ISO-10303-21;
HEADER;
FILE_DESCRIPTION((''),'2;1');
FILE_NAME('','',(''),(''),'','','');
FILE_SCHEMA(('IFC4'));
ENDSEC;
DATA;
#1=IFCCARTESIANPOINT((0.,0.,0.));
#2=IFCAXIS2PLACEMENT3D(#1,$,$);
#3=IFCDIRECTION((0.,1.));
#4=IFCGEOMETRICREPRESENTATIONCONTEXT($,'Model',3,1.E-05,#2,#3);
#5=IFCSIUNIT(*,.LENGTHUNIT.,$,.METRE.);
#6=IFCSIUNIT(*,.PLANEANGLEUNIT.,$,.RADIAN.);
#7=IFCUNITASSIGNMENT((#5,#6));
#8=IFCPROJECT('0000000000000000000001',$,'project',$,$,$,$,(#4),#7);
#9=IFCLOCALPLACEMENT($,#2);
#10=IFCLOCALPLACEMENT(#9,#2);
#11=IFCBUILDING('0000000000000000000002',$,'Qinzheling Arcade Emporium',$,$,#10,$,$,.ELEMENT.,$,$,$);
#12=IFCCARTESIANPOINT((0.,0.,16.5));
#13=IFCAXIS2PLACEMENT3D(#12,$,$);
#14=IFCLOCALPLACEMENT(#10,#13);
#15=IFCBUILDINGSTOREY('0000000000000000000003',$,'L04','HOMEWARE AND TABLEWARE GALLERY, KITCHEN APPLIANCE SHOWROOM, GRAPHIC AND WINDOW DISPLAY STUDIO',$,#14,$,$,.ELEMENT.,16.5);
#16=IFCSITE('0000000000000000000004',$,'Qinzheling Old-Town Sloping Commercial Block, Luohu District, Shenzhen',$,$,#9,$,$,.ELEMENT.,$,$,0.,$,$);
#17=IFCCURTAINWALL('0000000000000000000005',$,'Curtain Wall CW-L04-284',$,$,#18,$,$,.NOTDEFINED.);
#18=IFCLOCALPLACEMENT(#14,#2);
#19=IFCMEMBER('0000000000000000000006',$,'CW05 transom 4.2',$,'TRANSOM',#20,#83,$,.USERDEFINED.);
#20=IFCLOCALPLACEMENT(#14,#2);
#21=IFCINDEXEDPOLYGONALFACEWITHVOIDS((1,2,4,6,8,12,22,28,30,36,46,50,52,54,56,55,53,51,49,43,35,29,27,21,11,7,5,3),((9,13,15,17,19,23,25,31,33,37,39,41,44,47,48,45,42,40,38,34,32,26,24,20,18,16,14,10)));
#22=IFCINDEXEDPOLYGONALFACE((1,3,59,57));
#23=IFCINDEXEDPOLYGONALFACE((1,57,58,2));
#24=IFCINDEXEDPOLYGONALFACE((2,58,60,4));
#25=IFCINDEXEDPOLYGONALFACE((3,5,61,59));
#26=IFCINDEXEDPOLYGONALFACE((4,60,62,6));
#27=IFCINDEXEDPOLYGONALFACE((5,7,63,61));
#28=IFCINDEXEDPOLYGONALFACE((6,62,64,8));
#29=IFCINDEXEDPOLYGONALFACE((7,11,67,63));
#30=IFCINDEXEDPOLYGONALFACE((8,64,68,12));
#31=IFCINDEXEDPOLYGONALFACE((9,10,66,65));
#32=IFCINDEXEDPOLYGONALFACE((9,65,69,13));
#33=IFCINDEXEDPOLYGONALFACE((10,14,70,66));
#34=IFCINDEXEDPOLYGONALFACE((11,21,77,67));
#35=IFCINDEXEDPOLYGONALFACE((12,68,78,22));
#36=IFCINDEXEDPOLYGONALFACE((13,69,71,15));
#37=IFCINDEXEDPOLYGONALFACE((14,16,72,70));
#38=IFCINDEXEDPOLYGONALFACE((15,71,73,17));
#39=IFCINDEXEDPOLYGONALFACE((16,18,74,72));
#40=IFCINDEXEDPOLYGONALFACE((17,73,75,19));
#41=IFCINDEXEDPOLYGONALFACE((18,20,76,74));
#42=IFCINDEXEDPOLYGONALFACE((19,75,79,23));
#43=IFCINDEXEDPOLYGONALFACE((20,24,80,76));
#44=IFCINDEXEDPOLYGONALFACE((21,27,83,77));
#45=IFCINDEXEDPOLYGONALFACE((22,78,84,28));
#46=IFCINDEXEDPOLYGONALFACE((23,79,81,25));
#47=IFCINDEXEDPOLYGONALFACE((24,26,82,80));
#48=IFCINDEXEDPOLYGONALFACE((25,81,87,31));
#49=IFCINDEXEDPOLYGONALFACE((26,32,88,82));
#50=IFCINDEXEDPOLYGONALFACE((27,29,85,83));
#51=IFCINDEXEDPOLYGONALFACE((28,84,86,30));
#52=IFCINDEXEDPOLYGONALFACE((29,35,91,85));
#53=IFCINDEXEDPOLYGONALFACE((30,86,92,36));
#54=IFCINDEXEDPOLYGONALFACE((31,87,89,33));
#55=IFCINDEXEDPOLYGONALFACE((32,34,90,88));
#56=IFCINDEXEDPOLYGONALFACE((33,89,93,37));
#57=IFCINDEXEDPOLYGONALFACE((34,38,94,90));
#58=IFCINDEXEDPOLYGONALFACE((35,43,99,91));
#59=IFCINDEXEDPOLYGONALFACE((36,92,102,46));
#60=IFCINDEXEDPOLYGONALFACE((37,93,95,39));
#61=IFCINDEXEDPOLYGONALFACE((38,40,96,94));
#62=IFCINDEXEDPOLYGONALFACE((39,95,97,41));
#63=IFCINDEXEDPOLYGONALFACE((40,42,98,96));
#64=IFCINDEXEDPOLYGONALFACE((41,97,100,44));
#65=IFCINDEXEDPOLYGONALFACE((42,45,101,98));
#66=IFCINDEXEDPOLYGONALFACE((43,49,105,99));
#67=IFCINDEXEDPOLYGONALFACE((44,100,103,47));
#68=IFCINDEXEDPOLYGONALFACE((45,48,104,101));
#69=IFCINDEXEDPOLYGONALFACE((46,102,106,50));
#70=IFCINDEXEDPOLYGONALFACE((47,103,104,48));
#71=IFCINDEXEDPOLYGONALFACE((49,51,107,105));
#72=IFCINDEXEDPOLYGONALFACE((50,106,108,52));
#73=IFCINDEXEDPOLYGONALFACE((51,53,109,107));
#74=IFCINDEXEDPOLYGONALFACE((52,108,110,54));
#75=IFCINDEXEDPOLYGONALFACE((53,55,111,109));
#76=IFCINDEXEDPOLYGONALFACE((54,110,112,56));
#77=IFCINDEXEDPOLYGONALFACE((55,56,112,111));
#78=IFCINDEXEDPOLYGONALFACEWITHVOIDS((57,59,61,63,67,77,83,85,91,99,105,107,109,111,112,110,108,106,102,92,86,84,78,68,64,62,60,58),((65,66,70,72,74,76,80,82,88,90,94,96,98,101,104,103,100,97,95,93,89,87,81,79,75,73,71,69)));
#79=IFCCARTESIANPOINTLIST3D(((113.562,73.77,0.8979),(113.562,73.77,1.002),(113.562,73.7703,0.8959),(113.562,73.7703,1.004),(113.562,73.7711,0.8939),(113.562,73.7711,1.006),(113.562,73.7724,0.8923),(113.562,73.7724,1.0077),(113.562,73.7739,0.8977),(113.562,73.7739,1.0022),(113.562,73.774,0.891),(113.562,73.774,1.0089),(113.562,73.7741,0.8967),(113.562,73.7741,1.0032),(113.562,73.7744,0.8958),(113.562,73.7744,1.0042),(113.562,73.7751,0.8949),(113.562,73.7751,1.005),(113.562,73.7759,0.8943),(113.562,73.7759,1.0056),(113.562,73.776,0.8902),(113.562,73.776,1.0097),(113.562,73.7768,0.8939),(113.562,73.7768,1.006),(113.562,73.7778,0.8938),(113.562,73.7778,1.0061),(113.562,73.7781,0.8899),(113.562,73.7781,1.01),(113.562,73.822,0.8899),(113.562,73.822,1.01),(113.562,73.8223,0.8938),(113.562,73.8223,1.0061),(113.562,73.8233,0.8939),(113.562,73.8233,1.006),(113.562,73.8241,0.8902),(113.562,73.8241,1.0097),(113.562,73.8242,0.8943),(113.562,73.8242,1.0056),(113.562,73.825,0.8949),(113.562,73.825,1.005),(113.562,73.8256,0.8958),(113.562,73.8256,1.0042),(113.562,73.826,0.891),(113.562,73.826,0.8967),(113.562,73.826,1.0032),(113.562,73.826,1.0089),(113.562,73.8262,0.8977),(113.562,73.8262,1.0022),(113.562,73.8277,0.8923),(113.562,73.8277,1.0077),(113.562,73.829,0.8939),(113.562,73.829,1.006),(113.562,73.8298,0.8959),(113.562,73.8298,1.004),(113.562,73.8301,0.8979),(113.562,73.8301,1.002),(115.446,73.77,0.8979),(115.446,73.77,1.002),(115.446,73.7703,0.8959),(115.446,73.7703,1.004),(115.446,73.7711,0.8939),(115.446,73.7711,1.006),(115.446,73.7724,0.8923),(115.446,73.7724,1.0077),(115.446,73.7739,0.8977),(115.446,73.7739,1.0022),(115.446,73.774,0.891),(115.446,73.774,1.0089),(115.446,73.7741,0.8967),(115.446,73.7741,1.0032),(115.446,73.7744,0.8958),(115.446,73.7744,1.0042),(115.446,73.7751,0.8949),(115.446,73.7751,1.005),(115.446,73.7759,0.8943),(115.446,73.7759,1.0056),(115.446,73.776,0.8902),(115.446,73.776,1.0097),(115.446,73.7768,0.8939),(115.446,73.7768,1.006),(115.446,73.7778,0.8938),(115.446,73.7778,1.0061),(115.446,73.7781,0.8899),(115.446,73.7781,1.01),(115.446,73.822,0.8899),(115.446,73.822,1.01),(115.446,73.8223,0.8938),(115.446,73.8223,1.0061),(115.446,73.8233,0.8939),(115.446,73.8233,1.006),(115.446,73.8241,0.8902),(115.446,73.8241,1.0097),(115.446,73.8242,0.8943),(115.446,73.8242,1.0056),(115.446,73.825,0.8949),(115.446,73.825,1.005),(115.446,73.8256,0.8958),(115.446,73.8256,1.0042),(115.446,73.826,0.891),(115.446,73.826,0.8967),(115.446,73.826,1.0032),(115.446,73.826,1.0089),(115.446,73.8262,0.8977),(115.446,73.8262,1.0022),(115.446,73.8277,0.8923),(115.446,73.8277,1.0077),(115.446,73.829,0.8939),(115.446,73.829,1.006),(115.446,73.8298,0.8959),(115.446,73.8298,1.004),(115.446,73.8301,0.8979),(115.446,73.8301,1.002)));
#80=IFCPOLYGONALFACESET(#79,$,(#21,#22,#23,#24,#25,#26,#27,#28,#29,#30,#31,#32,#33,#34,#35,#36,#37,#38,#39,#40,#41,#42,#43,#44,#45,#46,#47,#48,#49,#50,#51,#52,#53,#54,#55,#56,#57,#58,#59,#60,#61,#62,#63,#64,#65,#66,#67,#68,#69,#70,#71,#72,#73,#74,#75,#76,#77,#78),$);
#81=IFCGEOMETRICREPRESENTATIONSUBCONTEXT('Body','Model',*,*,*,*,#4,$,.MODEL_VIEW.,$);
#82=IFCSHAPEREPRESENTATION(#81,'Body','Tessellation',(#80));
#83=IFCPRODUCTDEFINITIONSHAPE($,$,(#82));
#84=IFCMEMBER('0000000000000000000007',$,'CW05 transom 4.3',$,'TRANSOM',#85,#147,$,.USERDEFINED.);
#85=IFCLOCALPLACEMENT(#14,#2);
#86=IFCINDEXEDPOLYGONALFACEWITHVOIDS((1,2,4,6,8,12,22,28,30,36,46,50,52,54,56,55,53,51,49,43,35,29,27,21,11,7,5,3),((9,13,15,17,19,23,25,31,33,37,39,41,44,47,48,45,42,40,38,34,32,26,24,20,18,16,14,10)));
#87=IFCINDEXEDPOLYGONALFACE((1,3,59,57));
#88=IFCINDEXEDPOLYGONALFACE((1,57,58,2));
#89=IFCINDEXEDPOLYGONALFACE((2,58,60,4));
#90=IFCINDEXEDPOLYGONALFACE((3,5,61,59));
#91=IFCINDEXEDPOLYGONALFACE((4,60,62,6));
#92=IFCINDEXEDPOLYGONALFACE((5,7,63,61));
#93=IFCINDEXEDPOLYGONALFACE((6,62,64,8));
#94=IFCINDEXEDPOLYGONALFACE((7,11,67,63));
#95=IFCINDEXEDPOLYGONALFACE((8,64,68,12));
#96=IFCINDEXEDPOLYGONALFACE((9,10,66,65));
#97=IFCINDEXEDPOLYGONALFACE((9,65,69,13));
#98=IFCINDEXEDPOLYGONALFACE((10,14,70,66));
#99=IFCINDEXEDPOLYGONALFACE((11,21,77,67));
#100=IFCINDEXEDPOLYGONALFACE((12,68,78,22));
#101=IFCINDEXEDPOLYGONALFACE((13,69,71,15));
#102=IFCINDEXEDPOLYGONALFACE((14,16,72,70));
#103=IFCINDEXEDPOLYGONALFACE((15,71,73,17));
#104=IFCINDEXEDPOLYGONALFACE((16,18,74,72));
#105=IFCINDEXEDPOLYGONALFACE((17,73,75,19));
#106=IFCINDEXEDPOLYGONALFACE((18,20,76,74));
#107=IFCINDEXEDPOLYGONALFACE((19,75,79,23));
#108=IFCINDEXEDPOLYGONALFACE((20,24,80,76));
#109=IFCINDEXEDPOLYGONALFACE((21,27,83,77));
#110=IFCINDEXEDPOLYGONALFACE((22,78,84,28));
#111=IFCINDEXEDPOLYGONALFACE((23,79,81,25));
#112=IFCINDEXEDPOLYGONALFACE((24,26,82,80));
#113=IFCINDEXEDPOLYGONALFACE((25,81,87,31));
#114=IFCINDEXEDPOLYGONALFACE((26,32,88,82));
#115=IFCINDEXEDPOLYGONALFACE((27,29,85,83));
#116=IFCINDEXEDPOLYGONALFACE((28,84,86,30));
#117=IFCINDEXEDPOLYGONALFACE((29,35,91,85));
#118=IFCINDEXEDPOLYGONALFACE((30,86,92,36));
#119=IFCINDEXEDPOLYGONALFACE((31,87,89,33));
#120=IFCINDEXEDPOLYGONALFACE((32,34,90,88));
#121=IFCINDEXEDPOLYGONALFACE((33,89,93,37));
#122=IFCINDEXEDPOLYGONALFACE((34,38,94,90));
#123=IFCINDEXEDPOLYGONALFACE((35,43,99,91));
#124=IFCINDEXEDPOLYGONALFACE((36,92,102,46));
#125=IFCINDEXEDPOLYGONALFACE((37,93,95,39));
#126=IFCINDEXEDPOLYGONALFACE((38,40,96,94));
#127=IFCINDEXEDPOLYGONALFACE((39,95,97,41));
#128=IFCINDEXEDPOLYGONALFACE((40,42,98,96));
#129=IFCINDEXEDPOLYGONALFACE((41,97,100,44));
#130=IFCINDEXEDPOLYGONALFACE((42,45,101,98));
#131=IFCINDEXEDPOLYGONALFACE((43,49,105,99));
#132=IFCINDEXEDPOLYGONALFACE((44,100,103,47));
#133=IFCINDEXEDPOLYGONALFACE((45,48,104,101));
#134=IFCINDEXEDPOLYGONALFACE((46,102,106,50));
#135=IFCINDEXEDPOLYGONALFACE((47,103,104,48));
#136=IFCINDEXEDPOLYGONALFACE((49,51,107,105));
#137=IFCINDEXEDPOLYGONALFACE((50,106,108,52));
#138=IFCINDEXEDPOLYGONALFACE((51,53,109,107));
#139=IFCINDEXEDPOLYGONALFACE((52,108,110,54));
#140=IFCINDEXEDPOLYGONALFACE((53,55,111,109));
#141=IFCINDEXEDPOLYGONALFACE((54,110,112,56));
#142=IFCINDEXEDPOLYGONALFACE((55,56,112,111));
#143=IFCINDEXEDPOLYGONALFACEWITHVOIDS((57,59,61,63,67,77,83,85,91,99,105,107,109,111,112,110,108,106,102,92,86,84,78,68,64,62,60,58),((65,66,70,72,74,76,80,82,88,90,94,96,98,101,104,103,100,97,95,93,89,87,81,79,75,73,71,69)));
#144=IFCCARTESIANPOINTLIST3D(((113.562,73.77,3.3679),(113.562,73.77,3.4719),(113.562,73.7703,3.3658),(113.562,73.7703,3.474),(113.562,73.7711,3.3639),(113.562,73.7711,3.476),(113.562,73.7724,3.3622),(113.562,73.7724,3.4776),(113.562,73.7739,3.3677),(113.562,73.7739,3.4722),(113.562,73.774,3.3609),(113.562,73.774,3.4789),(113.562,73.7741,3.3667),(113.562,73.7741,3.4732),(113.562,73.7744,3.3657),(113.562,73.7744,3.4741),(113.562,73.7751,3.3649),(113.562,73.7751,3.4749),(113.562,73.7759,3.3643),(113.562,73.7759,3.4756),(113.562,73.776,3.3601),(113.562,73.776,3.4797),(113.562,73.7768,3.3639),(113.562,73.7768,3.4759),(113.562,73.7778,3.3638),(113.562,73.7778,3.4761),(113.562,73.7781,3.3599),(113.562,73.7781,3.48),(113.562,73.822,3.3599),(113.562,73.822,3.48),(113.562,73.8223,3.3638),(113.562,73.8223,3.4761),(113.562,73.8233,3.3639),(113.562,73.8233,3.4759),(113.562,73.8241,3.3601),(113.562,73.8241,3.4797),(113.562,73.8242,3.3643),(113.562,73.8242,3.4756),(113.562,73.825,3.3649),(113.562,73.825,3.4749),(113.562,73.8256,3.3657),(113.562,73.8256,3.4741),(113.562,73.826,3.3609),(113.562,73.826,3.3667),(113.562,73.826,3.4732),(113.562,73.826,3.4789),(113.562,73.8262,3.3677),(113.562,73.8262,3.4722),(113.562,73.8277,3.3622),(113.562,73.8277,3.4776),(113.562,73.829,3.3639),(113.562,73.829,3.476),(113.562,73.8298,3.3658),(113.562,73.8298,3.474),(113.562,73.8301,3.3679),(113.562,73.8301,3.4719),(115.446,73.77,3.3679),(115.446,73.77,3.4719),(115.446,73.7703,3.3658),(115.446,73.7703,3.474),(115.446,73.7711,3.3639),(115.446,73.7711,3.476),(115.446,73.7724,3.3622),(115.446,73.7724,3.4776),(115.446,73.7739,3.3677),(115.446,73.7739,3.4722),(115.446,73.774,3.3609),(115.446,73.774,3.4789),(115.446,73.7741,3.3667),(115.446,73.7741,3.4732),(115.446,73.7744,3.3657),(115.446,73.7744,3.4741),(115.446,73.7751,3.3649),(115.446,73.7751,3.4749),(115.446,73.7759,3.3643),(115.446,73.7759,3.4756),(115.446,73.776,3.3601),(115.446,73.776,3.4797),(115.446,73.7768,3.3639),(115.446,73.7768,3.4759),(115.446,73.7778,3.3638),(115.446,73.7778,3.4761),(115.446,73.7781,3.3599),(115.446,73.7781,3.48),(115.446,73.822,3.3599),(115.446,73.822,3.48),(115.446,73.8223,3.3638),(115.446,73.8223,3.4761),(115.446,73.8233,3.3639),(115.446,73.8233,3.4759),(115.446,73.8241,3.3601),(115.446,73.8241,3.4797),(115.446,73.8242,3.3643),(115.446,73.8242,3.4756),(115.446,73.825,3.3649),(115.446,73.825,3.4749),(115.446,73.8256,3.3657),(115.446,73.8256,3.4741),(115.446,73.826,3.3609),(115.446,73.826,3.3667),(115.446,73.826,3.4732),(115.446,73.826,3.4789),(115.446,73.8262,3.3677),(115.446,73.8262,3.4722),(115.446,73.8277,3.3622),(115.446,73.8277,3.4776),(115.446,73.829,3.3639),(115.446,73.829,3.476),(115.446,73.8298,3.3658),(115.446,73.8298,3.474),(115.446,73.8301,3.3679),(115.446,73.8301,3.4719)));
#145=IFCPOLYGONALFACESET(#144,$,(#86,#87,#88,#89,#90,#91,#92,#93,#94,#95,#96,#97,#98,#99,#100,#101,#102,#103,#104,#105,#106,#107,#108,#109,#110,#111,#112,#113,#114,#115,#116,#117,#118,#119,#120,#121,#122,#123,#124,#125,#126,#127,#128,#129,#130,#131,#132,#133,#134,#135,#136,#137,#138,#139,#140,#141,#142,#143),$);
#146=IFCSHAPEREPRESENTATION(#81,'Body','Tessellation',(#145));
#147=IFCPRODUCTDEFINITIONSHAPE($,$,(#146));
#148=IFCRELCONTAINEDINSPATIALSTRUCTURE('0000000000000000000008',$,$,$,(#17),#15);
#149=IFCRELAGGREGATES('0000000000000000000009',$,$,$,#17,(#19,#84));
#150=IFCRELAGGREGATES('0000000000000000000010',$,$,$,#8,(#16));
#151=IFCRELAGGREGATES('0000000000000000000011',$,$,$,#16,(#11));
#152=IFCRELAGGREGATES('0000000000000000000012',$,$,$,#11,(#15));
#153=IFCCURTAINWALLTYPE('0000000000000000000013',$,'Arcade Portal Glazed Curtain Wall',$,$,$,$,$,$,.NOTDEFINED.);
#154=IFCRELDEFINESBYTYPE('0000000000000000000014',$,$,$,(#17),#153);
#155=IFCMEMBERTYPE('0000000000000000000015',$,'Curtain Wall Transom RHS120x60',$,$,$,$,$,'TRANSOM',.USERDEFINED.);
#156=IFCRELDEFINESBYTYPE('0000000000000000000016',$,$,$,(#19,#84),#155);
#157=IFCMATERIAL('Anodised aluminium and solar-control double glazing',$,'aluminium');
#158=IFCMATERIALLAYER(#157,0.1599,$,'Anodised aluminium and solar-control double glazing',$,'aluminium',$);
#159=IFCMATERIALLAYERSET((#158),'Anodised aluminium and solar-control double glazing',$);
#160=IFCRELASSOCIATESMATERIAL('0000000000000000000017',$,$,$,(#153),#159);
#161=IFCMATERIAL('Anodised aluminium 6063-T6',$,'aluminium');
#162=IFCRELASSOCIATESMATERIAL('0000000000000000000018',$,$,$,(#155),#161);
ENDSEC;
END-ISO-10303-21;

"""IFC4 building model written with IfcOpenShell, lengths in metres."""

from ifc_helpers import new_model, si_unit, direction, frame, origin, origin_2d, place, context, subcontext, project, spatial, hollow_rectangle, extrude, material, layer, layer_set, material_profile, profile_set, type_object, element, aggregate, save


model = new_model("IFC4")

# Units and contexts
model_context = context("Model", 3, precision=1e-05, world=origin(), true_north=direction((0.0, 1.0)))
body_context = subcontext(model_context, "Body", "Model", "MODEL_VIEW")
ifc_project = project(units=[si_unit("LENGTHUNIT", "METRE"), si_unit("PLANEANGLEUNIT", "RADIAN")], contexts=[model_context])

# Site, building, storey
site_placement = place(None, origin())
site = spatial("IfcSite", under=ifc_project, at=site_placement, Name="Qinzheling Old-Town Sloping Commercial Block, Luohu District, Shenzhen", CompositionType="ELEMENT", RefElevation=0.0)
building_placement = place(site_placement, origin())
building = spatial("IfcBuilding", under=site, at=building_placement, Name="Qinzheling Arcade Emporium", CompositionType="ELEMENT")
storey_placement = place(building_placement, frame((0.0, 0.0, 16.5)))
storey = spatial("IfcBuildingStorey", under=building, at=storey_placement, Name="L04", Description="HOMEWARE AND TABLEWARE GALLERY, KITCHEN APPLIANCE SHOWROOM, GRAPHIC AND WINDOW DISPLAY STUDIO", CompositionType="ELEMENT", Elevation=16.5)

# Curtain wall, members
ifc_material_1 = material(Name="Anodised aluminium and solar-control double glazing", Category="aluminium")
ifc_layer_1 = layer(ifc_material_1, 0.1599, Name="Anodised aluminium and solar-control double glazing", Category="aluminium")
ifc_layer_set_1 = layer_set([ifc_layer_1], Name="Anodised aluminium and solar-control double glazing")
curtain_wall_type = type_object("IfcCurtainWallType", Name="Arcade Portal Glazed Curtain Wall", PredefinedType="NOTDEFINED", material=ifc_layer_set_1)
curtain_wall_placement = place(storey_placement, origin())
curtain_wall = element("IfcCurtainWall", 1, at=curtain_wall_placement, inside=storey, type_object=curtain_wall_type, Name="Curtain Wall CW-L04-284", PredefinedType="NOTDEFINED")
ifc_material_2 = material(Name="Anodised aluminium 6063-T6", Category="aluminium")
ifc_material_profile_1 = material_profile(ifc_material_2, hollow_rectangle(XDim=0.0601, YDim=0.1201, WallThickness=0.0039, InnerFilletRadius=0.0039, OuterFilletRadius=0.0081, at=origin_2d()), Name="RHS 120x60x4", Category="aluminium")
ifc_profile_set_1 = profile_set([ifc_material_profile_1], Name="Anodised aluminium 6063-T6")
member_type_1 = type_object("IfcMemberType", Name="Curtain Wall Transom RHS120x60", ElementType="TRANSOM", PredefinedType="USERDEFINED", material=ifc_profile_set_1)
member_1_placement = place(storey_placement, frame((115.446, 73.8, 0.95), z_axis=(-1.0, 0.0, 0.0), x_axis=(0.0, -1.0, 0.0)))
member_1 = element("IfcMember", 2, at=member_1_placement, type_object=member_type_1, Name="CW05 transom 4.2", ObjectType="TRANSOM", PredefinedType="USERDEFINED", context=body_context, shape_type="SweptSolid", body=[
    extrude(hollow_rectangle(XDim=0.0601, YDim=0.1201, WallThickness=0.0039, InnerFilletRadius=0.0039, OuterFilletRadius=0.0081, at=origin_2d()), origin(), (0.0, 0.0, 1.0), 1.884),
])
member_2_placement = place(storey_placement, frame((115.446, 73.8, 3.4199), z_axis=(-1.0, 0.0, 0.0), x_axis=(0.0, -1.0, 0.0)))
member_2 = element("IfcMember", 3, at=member_2_placement, type_object=member_type_1, Name="CW05 transom 4.3", ObjectType="TRANSOM", PredefinedType="USERDEFINED", context=body_context, shape_type="SweptSolid", body=[
    extrude(hollow_rectangle(XDim=0.0601, YDim=0.1201, WallThickness=0.0039, InnerFilletRadius=0.0039, OuterFilletRadius=0.0081, at=origin_2d()), origin(), (0.0, 0.0, 1.0), 1.884),
])

aggregate(curtain_wall, [member_1, member_2])

save(model, "model.ifc")
